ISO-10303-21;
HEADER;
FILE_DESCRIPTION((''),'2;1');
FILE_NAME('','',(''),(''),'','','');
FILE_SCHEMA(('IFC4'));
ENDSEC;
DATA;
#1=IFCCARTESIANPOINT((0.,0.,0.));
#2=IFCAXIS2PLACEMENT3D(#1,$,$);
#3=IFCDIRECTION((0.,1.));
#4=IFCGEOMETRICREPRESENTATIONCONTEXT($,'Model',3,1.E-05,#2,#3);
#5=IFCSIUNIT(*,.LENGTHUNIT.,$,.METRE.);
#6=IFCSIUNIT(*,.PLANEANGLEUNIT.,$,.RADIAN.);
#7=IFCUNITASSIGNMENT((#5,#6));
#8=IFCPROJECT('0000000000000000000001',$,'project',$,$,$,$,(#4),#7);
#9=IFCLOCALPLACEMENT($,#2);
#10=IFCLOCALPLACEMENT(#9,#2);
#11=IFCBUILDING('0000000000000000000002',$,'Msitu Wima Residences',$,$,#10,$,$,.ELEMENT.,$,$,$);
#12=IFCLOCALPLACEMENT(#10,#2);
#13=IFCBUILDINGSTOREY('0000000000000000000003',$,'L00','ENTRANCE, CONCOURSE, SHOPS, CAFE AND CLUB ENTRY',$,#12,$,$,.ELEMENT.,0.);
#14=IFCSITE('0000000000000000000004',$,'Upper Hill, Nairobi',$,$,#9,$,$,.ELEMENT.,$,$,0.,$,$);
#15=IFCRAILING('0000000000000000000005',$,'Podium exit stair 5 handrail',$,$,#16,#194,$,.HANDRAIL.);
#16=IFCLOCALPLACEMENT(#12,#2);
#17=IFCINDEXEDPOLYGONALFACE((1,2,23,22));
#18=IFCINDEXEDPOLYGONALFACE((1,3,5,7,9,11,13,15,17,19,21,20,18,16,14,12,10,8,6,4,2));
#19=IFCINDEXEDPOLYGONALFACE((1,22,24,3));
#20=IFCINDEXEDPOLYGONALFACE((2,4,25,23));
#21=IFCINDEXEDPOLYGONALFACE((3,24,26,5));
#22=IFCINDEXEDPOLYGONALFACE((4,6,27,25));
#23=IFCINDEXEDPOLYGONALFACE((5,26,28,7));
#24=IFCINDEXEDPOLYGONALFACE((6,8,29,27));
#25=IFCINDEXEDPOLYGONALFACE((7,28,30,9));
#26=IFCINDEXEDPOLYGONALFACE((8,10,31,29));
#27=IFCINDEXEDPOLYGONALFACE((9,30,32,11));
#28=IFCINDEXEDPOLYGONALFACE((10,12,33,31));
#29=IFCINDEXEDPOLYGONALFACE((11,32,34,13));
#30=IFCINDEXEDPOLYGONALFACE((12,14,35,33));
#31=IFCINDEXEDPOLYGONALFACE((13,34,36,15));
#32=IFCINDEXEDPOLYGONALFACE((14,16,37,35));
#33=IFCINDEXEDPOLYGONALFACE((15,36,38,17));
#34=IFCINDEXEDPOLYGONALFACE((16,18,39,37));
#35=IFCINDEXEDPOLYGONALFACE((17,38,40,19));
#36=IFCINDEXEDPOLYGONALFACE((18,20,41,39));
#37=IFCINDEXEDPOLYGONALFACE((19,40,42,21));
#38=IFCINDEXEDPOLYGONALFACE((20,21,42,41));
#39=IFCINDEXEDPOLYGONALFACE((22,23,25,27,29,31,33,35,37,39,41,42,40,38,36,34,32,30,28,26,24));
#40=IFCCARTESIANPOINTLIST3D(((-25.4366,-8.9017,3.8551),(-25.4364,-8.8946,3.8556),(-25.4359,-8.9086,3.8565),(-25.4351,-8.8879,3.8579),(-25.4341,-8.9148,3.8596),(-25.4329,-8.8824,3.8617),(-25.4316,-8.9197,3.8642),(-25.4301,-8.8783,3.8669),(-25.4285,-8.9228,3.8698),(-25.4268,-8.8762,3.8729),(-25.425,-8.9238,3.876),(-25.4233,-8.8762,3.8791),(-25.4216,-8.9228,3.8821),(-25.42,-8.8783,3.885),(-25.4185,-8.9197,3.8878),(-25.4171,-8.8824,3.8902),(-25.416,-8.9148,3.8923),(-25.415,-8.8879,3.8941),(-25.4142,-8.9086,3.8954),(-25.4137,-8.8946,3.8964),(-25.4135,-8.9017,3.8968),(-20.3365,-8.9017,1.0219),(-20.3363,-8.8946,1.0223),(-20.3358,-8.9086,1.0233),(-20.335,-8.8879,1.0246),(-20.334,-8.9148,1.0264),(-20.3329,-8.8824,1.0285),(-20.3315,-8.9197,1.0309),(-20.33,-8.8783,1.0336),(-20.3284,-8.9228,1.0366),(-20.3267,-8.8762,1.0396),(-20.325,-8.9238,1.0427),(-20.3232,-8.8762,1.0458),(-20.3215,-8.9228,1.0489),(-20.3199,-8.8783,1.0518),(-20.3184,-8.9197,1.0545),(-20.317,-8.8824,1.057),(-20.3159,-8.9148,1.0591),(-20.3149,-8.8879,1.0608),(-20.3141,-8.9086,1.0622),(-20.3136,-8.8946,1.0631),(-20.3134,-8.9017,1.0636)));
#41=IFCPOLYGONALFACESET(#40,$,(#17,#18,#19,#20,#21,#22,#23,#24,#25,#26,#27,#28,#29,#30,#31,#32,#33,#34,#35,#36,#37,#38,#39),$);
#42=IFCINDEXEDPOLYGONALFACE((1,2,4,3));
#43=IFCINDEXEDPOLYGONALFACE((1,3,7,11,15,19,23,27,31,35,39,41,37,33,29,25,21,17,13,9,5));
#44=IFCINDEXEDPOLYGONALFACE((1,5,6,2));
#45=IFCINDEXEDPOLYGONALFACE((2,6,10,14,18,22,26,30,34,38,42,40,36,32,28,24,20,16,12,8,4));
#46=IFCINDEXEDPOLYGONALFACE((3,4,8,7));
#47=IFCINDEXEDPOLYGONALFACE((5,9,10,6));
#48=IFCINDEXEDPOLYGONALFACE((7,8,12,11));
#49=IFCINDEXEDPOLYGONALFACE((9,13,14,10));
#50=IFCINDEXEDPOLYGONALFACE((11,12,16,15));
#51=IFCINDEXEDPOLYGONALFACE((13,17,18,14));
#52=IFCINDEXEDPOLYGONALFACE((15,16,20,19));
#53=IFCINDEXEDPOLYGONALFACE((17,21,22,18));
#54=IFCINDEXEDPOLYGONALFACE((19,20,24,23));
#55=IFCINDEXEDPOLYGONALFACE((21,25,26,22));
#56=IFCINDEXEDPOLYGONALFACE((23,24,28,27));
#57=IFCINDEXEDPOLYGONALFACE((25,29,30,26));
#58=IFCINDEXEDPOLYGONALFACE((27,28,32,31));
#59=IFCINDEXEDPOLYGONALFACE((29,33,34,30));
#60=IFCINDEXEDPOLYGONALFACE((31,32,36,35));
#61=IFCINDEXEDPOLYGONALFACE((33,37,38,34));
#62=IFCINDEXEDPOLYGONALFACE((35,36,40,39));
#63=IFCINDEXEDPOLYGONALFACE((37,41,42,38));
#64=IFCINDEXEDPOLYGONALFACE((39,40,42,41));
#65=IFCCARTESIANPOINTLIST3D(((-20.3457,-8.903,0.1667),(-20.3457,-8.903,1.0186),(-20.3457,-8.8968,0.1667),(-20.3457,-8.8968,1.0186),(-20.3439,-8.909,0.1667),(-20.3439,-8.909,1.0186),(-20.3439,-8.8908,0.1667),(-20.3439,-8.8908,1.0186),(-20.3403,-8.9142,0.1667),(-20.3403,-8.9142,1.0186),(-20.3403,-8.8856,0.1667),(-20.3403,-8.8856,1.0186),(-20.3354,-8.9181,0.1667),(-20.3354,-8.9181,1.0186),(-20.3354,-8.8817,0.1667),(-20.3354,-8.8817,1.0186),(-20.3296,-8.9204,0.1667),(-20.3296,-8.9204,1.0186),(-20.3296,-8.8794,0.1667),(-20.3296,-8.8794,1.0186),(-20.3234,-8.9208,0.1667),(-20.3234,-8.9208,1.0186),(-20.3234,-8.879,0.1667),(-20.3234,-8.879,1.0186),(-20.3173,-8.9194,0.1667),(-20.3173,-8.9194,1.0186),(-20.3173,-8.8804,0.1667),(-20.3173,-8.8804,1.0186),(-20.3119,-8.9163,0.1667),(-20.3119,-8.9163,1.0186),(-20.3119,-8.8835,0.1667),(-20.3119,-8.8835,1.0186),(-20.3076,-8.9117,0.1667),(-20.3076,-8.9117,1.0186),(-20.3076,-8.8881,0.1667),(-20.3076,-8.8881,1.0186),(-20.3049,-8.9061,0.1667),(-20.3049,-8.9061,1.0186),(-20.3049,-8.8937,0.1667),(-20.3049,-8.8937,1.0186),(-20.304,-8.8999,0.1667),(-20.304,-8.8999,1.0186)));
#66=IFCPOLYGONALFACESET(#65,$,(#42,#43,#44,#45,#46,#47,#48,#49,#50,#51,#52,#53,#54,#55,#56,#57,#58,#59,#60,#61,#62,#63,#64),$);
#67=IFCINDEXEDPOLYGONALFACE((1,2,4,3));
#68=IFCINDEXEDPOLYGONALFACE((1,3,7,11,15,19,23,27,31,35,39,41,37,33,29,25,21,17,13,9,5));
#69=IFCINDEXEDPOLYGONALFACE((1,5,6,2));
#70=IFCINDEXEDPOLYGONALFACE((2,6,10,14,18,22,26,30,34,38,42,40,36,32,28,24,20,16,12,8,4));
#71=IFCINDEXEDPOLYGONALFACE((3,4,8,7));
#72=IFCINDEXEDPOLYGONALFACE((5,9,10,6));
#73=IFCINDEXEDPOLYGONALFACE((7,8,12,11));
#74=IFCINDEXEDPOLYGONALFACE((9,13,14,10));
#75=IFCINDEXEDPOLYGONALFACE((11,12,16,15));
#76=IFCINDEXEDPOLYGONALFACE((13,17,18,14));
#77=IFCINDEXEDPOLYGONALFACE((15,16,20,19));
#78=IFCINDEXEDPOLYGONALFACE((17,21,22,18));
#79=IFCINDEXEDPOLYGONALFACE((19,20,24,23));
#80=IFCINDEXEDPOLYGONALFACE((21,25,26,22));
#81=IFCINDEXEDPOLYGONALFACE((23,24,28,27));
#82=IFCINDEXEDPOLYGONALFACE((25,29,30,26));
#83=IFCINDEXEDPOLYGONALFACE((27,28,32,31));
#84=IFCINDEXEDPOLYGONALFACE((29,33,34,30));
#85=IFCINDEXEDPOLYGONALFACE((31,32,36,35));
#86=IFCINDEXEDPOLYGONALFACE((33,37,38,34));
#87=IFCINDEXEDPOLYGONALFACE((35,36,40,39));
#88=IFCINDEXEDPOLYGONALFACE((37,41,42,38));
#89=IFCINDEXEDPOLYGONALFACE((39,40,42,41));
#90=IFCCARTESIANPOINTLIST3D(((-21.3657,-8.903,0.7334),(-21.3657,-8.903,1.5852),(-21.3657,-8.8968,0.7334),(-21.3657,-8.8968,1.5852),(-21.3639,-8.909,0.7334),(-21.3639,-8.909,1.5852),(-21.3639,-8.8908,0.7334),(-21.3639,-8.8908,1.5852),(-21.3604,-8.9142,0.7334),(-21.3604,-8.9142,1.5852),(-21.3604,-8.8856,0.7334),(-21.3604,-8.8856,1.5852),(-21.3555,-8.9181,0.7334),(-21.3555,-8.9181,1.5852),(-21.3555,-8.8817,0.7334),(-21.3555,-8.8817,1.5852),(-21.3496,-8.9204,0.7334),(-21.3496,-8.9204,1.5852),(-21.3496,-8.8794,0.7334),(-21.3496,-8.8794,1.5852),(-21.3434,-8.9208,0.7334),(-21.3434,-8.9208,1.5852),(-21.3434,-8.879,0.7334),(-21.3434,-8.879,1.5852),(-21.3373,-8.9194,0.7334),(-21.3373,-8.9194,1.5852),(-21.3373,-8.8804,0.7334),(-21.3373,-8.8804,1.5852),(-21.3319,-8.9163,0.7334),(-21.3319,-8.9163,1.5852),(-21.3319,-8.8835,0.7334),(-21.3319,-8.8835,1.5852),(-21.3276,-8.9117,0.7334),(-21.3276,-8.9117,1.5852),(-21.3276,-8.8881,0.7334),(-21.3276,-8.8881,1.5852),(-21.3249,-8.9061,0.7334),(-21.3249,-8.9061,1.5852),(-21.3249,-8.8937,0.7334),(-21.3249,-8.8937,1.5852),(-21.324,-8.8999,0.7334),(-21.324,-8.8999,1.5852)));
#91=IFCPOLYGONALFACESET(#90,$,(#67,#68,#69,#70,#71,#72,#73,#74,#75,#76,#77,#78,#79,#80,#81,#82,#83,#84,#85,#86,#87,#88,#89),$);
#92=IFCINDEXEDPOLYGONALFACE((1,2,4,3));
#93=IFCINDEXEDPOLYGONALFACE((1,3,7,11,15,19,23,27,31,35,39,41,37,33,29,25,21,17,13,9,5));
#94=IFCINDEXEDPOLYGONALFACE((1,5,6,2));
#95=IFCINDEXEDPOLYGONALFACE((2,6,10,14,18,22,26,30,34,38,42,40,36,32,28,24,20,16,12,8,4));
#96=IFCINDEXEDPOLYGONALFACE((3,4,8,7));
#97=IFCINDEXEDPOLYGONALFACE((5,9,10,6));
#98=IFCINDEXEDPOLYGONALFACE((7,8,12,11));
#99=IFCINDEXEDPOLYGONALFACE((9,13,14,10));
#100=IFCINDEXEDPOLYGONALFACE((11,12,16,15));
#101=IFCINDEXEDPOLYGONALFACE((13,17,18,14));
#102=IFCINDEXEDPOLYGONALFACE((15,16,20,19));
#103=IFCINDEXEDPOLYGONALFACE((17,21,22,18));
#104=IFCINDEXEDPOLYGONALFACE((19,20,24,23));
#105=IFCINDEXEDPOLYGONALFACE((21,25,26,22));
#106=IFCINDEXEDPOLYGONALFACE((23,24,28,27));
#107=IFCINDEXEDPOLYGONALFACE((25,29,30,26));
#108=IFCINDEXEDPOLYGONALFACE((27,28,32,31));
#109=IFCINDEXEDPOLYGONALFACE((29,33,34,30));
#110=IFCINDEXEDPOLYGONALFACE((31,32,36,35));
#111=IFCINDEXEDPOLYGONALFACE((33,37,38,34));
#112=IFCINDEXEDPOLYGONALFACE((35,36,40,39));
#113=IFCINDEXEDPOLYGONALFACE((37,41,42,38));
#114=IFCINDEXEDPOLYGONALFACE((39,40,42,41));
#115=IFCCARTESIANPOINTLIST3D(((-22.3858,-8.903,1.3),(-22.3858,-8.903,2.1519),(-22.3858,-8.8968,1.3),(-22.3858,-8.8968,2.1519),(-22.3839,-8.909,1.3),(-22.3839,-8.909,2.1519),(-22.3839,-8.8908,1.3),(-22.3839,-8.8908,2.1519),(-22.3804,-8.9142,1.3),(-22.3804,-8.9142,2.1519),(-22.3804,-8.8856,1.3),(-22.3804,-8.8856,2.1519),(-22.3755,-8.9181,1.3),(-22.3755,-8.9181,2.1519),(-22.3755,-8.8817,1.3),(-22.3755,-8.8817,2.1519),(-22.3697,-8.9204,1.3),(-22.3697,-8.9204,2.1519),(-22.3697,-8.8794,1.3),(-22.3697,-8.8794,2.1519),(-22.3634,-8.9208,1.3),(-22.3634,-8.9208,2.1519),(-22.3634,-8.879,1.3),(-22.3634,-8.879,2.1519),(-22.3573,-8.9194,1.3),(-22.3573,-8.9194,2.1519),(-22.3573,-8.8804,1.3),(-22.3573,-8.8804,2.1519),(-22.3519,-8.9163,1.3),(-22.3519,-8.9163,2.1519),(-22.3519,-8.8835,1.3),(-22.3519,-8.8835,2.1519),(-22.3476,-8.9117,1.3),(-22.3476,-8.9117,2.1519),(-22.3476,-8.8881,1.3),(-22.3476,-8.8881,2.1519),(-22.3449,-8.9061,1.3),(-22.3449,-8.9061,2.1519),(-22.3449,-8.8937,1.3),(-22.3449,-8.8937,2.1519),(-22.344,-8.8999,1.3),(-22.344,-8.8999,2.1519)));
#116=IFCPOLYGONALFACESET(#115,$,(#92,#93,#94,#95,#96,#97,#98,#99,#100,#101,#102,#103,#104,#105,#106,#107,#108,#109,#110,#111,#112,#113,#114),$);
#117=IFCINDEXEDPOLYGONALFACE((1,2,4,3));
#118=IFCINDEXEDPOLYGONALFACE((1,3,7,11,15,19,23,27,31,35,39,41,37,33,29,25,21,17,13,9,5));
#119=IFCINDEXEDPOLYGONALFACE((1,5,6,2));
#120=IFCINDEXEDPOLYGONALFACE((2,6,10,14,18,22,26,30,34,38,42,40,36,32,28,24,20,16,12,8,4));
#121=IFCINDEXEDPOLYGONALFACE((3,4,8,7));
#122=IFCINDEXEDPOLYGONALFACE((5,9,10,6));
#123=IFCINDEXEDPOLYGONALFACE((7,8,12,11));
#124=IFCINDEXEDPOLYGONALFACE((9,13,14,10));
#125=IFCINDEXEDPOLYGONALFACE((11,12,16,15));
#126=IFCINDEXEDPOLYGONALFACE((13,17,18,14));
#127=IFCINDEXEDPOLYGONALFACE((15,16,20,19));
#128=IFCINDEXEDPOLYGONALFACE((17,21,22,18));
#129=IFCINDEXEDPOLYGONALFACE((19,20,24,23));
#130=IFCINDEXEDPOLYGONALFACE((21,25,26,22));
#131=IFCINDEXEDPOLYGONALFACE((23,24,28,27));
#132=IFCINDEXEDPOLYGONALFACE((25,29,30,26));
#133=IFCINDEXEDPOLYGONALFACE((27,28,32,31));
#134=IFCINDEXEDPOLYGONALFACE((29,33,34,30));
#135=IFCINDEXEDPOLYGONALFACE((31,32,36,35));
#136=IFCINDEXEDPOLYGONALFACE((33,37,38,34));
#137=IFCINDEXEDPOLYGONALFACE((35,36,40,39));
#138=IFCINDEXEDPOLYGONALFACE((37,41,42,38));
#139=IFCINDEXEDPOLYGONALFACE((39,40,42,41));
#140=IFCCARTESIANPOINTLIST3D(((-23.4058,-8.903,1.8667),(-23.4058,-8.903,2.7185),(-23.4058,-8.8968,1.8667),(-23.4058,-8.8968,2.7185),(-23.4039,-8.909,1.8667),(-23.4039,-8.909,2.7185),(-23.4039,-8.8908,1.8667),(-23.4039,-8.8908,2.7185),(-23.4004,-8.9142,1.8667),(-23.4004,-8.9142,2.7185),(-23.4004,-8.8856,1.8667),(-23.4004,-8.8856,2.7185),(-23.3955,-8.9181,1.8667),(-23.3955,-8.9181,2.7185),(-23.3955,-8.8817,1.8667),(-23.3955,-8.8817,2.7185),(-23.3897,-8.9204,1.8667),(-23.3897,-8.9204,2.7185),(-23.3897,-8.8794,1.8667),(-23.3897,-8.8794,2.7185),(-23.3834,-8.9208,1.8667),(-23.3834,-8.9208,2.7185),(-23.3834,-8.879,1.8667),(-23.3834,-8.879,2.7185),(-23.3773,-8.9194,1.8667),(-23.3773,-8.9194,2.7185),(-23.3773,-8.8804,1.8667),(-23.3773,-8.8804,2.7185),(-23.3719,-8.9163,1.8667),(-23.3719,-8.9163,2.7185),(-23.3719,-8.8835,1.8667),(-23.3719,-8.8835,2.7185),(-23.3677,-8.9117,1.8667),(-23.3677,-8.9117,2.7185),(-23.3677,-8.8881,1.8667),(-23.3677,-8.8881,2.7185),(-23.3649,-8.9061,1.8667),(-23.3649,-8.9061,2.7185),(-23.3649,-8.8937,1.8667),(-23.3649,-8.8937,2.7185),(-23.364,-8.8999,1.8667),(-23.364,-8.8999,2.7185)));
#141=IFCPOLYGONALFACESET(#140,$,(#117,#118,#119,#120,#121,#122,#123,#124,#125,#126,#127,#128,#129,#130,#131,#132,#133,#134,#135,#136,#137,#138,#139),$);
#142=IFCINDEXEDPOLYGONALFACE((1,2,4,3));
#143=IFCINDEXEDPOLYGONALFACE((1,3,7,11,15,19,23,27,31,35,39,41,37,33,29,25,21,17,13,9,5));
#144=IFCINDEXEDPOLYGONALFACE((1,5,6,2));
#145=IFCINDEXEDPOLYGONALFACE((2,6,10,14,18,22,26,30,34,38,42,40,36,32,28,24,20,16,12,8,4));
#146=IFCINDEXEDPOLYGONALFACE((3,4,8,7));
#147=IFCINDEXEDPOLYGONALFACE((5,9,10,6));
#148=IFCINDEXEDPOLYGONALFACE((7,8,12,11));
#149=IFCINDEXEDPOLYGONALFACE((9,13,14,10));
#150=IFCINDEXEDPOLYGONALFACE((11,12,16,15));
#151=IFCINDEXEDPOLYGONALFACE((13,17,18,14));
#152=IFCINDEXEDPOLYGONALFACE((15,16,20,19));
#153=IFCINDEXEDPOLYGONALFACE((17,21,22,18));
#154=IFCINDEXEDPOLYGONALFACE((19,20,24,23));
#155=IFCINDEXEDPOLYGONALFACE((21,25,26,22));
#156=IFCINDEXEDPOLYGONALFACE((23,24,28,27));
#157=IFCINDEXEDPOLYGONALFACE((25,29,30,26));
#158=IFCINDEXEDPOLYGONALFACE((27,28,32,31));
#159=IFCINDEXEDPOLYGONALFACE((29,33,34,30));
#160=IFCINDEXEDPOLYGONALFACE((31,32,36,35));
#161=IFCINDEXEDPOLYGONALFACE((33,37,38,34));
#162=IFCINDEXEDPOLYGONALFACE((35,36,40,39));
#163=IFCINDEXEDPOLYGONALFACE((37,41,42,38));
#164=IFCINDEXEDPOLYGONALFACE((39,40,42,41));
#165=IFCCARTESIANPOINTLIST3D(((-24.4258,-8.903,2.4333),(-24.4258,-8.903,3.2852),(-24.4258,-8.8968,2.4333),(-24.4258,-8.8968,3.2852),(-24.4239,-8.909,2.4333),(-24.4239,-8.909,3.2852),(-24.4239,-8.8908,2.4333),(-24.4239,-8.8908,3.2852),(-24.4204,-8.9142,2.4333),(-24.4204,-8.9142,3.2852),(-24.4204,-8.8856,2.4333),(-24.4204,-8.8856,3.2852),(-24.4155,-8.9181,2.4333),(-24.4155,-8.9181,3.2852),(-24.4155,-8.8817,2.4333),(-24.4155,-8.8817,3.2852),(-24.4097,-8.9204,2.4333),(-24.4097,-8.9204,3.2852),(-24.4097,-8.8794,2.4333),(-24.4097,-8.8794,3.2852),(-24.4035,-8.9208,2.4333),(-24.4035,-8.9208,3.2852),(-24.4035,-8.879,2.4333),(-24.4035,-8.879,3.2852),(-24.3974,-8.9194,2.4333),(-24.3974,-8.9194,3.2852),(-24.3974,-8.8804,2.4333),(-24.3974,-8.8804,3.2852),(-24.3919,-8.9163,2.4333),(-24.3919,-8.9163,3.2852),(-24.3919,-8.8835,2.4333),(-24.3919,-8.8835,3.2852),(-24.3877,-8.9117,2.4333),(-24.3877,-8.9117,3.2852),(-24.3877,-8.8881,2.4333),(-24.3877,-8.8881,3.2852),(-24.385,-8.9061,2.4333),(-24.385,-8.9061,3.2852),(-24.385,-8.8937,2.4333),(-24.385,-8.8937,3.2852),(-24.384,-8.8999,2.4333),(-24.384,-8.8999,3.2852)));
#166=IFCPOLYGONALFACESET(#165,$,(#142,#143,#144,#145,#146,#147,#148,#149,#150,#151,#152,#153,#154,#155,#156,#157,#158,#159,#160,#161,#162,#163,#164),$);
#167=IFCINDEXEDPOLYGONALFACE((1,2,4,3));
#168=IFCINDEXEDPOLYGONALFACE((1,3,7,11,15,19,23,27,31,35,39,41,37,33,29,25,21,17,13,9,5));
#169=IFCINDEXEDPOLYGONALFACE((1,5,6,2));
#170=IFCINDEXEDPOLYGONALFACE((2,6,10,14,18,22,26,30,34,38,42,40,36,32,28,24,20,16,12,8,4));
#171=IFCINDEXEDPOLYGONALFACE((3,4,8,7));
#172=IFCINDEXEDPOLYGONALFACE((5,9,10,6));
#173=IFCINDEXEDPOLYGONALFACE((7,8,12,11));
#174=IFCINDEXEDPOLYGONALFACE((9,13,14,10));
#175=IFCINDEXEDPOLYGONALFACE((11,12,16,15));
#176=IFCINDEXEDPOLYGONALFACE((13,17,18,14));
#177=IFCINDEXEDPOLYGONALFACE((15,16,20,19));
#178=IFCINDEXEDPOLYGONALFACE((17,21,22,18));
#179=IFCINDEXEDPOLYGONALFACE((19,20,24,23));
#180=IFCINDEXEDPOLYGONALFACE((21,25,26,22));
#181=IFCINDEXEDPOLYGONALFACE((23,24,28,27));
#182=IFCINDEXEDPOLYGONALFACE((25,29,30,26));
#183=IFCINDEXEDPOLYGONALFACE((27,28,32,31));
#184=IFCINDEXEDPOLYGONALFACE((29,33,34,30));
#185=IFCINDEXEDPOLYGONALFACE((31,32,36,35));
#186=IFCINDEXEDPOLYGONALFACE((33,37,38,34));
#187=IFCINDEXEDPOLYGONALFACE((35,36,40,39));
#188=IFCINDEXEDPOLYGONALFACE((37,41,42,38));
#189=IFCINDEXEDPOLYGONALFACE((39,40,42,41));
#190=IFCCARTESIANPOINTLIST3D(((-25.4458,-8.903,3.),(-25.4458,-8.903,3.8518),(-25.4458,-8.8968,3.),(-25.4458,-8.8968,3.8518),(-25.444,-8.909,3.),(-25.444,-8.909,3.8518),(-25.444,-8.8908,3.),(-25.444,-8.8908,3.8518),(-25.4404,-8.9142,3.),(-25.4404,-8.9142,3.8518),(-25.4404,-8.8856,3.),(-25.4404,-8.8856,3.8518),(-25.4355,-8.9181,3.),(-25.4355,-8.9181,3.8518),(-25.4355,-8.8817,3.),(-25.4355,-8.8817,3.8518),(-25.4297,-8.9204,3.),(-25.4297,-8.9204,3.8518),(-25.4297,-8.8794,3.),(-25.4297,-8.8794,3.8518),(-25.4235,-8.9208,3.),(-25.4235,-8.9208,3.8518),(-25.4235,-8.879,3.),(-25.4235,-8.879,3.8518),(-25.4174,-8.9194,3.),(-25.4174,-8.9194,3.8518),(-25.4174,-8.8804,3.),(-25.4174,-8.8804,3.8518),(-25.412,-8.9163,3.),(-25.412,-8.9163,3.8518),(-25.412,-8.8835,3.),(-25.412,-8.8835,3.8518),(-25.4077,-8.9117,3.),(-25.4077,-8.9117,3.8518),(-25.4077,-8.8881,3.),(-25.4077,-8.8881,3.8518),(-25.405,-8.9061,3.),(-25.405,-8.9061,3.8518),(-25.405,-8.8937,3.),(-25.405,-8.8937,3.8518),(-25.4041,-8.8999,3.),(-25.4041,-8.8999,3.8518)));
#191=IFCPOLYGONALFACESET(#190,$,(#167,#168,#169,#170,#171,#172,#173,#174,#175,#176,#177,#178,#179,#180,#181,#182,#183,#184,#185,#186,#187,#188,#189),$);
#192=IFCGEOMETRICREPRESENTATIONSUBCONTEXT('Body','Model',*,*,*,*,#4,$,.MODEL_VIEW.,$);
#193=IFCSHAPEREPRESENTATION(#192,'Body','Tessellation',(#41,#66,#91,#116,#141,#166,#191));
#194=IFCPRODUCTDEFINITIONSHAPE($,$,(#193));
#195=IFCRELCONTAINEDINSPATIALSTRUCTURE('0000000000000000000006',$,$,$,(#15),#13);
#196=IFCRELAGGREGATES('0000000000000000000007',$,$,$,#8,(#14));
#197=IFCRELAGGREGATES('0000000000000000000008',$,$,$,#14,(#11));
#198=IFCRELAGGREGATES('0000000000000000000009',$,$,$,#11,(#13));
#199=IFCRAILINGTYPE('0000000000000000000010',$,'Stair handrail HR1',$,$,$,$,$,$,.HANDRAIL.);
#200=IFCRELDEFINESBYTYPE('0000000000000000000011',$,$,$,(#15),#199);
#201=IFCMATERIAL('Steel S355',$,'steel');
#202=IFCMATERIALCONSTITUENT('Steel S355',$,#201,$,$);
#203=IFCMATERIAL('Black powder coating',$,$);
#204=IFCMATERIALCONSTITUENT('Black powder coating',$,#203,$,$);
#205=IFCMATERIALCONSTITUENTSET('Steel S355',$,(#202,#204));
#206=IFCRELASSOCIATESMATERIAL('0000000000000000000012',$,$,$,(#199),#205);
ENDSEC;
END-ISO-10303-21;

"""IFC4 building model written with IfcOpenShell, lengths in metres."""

from ifc_helpers import new_model, si_unit, direction, frame, origin, origin_2d, place, context, subcontext, project, spatial, circle, extrude, material, constituent, constituent_set, type_object, element, save


model = new_model("IFC4")

# Units and contexts
model_context = context("Model", 3, precision=1e-05, world=origin(), true_north=direction((0.0, 1.0)))
body_context = subcontext(model_context, "Body", "Model", "MODEL_VIEW")
ifc_project = project(units=[si_unit("LENGTHUNIT", "METRE"), si_unit("PLANEANGLEUNIT", "RADIAN")], contexts=[model_context])

# Site, building, storey
site_placement = place(None, origin())
site = spatial("IfcSite", under=ifc_project, at=site_placement, Name="Upper Hill, Nairobi", CompositionType="ELEMENT", RefElevation=0.0)
building_placement = place(site_placement, origin())
building = spatial("IfcBuilding", under=site, at=building_placement, Name="Msitu Wima Residences", CompositionType="ELEMENT")
storey_placement = place(building_placement, origin())
storey = spatial("IfcBuildingStorey", under=building, at=storey_placement, Name="L00", Description="ENTRANCE, CONCOURSE, SHOPS, CAFE AND CLUB ENTRY", CompositionType="ELEMENT", Elevation=0.0)

# Railing
ifc_material_1 = material(Name="Steel S355", Category="steel")
ifc_constituent_1 = constituent(ifc_material_1, Name="Steel S355")
ifc_material_2 = material(Name="Black powder coating")
ifc_constituent_2 = constituent(ifc_material_2, Name="Black powder coating")
ifc_constituent_set = constituent_set(constituents=[ifc_constituent_1, ifc_constituent_2], Name="Steel S355")
railing_type = type_object("IfcRailingType", Name="Stair handrail HR1", PredefinedType="HANDRAIL", material=ifc_constituent_set)
for number, where, name in (
    (1, (-20.325, -8.8999, 0.1667), "Podium exit stair 5 handrail"),
):
    element("IfcRailing", number, at=place(storey_placement, frame(where)), inside=storey, type_object=railing_type, Name=name, PredefinedType="HANDRAIL", context=body_context, shape_type="SweptSolid", body=[
        extrude(circle(Radius=0.0239, at=origin_2d()), frame((0.0, 0.0, 0.876), z_axis=(-0.874167, 0.0, 0.485625), x_axis=(0.0, -1.0, 0.0)), (0.0, 0.0, 1.0), 5.8342),
        extrude(circle(Radius=0.021, at=origin_2d()), origin(), (0.0, 0.0, 1.0), 0.8518),
        extrude(circle(Radius=0.021, at=origin_2d()), frame((-1.02, 0.0, 0.5667)), (0.0, 0.0, 1.0), 0.8518),
        extrude(circle(Radius=0.021, at=origin_2d()), frame((-2.04, 0.0, 1.1333)), (0.0, 0.0, 1.0), 0.8518),
        extrude(circle(Radius=0.021, at=origin_2d()), frame((-3.0601, 0.0, 1.7)), (0.0, 0.0, 1.0), 0.8518),
        extrude(circle(Radius=0.021, at=origin_2d()), frame((-4.0801, 0.0, 2.2666)), (0.0, 0.0, 1.0), 0.8518),
        extrude(circle(Radius=0.021, at=origin_2d()), frame((-5.1001, 0.0, 2.8333)), (0.0, 0.0, 1.0), 0.8518),
    ])

save(model, "model.ifc")
